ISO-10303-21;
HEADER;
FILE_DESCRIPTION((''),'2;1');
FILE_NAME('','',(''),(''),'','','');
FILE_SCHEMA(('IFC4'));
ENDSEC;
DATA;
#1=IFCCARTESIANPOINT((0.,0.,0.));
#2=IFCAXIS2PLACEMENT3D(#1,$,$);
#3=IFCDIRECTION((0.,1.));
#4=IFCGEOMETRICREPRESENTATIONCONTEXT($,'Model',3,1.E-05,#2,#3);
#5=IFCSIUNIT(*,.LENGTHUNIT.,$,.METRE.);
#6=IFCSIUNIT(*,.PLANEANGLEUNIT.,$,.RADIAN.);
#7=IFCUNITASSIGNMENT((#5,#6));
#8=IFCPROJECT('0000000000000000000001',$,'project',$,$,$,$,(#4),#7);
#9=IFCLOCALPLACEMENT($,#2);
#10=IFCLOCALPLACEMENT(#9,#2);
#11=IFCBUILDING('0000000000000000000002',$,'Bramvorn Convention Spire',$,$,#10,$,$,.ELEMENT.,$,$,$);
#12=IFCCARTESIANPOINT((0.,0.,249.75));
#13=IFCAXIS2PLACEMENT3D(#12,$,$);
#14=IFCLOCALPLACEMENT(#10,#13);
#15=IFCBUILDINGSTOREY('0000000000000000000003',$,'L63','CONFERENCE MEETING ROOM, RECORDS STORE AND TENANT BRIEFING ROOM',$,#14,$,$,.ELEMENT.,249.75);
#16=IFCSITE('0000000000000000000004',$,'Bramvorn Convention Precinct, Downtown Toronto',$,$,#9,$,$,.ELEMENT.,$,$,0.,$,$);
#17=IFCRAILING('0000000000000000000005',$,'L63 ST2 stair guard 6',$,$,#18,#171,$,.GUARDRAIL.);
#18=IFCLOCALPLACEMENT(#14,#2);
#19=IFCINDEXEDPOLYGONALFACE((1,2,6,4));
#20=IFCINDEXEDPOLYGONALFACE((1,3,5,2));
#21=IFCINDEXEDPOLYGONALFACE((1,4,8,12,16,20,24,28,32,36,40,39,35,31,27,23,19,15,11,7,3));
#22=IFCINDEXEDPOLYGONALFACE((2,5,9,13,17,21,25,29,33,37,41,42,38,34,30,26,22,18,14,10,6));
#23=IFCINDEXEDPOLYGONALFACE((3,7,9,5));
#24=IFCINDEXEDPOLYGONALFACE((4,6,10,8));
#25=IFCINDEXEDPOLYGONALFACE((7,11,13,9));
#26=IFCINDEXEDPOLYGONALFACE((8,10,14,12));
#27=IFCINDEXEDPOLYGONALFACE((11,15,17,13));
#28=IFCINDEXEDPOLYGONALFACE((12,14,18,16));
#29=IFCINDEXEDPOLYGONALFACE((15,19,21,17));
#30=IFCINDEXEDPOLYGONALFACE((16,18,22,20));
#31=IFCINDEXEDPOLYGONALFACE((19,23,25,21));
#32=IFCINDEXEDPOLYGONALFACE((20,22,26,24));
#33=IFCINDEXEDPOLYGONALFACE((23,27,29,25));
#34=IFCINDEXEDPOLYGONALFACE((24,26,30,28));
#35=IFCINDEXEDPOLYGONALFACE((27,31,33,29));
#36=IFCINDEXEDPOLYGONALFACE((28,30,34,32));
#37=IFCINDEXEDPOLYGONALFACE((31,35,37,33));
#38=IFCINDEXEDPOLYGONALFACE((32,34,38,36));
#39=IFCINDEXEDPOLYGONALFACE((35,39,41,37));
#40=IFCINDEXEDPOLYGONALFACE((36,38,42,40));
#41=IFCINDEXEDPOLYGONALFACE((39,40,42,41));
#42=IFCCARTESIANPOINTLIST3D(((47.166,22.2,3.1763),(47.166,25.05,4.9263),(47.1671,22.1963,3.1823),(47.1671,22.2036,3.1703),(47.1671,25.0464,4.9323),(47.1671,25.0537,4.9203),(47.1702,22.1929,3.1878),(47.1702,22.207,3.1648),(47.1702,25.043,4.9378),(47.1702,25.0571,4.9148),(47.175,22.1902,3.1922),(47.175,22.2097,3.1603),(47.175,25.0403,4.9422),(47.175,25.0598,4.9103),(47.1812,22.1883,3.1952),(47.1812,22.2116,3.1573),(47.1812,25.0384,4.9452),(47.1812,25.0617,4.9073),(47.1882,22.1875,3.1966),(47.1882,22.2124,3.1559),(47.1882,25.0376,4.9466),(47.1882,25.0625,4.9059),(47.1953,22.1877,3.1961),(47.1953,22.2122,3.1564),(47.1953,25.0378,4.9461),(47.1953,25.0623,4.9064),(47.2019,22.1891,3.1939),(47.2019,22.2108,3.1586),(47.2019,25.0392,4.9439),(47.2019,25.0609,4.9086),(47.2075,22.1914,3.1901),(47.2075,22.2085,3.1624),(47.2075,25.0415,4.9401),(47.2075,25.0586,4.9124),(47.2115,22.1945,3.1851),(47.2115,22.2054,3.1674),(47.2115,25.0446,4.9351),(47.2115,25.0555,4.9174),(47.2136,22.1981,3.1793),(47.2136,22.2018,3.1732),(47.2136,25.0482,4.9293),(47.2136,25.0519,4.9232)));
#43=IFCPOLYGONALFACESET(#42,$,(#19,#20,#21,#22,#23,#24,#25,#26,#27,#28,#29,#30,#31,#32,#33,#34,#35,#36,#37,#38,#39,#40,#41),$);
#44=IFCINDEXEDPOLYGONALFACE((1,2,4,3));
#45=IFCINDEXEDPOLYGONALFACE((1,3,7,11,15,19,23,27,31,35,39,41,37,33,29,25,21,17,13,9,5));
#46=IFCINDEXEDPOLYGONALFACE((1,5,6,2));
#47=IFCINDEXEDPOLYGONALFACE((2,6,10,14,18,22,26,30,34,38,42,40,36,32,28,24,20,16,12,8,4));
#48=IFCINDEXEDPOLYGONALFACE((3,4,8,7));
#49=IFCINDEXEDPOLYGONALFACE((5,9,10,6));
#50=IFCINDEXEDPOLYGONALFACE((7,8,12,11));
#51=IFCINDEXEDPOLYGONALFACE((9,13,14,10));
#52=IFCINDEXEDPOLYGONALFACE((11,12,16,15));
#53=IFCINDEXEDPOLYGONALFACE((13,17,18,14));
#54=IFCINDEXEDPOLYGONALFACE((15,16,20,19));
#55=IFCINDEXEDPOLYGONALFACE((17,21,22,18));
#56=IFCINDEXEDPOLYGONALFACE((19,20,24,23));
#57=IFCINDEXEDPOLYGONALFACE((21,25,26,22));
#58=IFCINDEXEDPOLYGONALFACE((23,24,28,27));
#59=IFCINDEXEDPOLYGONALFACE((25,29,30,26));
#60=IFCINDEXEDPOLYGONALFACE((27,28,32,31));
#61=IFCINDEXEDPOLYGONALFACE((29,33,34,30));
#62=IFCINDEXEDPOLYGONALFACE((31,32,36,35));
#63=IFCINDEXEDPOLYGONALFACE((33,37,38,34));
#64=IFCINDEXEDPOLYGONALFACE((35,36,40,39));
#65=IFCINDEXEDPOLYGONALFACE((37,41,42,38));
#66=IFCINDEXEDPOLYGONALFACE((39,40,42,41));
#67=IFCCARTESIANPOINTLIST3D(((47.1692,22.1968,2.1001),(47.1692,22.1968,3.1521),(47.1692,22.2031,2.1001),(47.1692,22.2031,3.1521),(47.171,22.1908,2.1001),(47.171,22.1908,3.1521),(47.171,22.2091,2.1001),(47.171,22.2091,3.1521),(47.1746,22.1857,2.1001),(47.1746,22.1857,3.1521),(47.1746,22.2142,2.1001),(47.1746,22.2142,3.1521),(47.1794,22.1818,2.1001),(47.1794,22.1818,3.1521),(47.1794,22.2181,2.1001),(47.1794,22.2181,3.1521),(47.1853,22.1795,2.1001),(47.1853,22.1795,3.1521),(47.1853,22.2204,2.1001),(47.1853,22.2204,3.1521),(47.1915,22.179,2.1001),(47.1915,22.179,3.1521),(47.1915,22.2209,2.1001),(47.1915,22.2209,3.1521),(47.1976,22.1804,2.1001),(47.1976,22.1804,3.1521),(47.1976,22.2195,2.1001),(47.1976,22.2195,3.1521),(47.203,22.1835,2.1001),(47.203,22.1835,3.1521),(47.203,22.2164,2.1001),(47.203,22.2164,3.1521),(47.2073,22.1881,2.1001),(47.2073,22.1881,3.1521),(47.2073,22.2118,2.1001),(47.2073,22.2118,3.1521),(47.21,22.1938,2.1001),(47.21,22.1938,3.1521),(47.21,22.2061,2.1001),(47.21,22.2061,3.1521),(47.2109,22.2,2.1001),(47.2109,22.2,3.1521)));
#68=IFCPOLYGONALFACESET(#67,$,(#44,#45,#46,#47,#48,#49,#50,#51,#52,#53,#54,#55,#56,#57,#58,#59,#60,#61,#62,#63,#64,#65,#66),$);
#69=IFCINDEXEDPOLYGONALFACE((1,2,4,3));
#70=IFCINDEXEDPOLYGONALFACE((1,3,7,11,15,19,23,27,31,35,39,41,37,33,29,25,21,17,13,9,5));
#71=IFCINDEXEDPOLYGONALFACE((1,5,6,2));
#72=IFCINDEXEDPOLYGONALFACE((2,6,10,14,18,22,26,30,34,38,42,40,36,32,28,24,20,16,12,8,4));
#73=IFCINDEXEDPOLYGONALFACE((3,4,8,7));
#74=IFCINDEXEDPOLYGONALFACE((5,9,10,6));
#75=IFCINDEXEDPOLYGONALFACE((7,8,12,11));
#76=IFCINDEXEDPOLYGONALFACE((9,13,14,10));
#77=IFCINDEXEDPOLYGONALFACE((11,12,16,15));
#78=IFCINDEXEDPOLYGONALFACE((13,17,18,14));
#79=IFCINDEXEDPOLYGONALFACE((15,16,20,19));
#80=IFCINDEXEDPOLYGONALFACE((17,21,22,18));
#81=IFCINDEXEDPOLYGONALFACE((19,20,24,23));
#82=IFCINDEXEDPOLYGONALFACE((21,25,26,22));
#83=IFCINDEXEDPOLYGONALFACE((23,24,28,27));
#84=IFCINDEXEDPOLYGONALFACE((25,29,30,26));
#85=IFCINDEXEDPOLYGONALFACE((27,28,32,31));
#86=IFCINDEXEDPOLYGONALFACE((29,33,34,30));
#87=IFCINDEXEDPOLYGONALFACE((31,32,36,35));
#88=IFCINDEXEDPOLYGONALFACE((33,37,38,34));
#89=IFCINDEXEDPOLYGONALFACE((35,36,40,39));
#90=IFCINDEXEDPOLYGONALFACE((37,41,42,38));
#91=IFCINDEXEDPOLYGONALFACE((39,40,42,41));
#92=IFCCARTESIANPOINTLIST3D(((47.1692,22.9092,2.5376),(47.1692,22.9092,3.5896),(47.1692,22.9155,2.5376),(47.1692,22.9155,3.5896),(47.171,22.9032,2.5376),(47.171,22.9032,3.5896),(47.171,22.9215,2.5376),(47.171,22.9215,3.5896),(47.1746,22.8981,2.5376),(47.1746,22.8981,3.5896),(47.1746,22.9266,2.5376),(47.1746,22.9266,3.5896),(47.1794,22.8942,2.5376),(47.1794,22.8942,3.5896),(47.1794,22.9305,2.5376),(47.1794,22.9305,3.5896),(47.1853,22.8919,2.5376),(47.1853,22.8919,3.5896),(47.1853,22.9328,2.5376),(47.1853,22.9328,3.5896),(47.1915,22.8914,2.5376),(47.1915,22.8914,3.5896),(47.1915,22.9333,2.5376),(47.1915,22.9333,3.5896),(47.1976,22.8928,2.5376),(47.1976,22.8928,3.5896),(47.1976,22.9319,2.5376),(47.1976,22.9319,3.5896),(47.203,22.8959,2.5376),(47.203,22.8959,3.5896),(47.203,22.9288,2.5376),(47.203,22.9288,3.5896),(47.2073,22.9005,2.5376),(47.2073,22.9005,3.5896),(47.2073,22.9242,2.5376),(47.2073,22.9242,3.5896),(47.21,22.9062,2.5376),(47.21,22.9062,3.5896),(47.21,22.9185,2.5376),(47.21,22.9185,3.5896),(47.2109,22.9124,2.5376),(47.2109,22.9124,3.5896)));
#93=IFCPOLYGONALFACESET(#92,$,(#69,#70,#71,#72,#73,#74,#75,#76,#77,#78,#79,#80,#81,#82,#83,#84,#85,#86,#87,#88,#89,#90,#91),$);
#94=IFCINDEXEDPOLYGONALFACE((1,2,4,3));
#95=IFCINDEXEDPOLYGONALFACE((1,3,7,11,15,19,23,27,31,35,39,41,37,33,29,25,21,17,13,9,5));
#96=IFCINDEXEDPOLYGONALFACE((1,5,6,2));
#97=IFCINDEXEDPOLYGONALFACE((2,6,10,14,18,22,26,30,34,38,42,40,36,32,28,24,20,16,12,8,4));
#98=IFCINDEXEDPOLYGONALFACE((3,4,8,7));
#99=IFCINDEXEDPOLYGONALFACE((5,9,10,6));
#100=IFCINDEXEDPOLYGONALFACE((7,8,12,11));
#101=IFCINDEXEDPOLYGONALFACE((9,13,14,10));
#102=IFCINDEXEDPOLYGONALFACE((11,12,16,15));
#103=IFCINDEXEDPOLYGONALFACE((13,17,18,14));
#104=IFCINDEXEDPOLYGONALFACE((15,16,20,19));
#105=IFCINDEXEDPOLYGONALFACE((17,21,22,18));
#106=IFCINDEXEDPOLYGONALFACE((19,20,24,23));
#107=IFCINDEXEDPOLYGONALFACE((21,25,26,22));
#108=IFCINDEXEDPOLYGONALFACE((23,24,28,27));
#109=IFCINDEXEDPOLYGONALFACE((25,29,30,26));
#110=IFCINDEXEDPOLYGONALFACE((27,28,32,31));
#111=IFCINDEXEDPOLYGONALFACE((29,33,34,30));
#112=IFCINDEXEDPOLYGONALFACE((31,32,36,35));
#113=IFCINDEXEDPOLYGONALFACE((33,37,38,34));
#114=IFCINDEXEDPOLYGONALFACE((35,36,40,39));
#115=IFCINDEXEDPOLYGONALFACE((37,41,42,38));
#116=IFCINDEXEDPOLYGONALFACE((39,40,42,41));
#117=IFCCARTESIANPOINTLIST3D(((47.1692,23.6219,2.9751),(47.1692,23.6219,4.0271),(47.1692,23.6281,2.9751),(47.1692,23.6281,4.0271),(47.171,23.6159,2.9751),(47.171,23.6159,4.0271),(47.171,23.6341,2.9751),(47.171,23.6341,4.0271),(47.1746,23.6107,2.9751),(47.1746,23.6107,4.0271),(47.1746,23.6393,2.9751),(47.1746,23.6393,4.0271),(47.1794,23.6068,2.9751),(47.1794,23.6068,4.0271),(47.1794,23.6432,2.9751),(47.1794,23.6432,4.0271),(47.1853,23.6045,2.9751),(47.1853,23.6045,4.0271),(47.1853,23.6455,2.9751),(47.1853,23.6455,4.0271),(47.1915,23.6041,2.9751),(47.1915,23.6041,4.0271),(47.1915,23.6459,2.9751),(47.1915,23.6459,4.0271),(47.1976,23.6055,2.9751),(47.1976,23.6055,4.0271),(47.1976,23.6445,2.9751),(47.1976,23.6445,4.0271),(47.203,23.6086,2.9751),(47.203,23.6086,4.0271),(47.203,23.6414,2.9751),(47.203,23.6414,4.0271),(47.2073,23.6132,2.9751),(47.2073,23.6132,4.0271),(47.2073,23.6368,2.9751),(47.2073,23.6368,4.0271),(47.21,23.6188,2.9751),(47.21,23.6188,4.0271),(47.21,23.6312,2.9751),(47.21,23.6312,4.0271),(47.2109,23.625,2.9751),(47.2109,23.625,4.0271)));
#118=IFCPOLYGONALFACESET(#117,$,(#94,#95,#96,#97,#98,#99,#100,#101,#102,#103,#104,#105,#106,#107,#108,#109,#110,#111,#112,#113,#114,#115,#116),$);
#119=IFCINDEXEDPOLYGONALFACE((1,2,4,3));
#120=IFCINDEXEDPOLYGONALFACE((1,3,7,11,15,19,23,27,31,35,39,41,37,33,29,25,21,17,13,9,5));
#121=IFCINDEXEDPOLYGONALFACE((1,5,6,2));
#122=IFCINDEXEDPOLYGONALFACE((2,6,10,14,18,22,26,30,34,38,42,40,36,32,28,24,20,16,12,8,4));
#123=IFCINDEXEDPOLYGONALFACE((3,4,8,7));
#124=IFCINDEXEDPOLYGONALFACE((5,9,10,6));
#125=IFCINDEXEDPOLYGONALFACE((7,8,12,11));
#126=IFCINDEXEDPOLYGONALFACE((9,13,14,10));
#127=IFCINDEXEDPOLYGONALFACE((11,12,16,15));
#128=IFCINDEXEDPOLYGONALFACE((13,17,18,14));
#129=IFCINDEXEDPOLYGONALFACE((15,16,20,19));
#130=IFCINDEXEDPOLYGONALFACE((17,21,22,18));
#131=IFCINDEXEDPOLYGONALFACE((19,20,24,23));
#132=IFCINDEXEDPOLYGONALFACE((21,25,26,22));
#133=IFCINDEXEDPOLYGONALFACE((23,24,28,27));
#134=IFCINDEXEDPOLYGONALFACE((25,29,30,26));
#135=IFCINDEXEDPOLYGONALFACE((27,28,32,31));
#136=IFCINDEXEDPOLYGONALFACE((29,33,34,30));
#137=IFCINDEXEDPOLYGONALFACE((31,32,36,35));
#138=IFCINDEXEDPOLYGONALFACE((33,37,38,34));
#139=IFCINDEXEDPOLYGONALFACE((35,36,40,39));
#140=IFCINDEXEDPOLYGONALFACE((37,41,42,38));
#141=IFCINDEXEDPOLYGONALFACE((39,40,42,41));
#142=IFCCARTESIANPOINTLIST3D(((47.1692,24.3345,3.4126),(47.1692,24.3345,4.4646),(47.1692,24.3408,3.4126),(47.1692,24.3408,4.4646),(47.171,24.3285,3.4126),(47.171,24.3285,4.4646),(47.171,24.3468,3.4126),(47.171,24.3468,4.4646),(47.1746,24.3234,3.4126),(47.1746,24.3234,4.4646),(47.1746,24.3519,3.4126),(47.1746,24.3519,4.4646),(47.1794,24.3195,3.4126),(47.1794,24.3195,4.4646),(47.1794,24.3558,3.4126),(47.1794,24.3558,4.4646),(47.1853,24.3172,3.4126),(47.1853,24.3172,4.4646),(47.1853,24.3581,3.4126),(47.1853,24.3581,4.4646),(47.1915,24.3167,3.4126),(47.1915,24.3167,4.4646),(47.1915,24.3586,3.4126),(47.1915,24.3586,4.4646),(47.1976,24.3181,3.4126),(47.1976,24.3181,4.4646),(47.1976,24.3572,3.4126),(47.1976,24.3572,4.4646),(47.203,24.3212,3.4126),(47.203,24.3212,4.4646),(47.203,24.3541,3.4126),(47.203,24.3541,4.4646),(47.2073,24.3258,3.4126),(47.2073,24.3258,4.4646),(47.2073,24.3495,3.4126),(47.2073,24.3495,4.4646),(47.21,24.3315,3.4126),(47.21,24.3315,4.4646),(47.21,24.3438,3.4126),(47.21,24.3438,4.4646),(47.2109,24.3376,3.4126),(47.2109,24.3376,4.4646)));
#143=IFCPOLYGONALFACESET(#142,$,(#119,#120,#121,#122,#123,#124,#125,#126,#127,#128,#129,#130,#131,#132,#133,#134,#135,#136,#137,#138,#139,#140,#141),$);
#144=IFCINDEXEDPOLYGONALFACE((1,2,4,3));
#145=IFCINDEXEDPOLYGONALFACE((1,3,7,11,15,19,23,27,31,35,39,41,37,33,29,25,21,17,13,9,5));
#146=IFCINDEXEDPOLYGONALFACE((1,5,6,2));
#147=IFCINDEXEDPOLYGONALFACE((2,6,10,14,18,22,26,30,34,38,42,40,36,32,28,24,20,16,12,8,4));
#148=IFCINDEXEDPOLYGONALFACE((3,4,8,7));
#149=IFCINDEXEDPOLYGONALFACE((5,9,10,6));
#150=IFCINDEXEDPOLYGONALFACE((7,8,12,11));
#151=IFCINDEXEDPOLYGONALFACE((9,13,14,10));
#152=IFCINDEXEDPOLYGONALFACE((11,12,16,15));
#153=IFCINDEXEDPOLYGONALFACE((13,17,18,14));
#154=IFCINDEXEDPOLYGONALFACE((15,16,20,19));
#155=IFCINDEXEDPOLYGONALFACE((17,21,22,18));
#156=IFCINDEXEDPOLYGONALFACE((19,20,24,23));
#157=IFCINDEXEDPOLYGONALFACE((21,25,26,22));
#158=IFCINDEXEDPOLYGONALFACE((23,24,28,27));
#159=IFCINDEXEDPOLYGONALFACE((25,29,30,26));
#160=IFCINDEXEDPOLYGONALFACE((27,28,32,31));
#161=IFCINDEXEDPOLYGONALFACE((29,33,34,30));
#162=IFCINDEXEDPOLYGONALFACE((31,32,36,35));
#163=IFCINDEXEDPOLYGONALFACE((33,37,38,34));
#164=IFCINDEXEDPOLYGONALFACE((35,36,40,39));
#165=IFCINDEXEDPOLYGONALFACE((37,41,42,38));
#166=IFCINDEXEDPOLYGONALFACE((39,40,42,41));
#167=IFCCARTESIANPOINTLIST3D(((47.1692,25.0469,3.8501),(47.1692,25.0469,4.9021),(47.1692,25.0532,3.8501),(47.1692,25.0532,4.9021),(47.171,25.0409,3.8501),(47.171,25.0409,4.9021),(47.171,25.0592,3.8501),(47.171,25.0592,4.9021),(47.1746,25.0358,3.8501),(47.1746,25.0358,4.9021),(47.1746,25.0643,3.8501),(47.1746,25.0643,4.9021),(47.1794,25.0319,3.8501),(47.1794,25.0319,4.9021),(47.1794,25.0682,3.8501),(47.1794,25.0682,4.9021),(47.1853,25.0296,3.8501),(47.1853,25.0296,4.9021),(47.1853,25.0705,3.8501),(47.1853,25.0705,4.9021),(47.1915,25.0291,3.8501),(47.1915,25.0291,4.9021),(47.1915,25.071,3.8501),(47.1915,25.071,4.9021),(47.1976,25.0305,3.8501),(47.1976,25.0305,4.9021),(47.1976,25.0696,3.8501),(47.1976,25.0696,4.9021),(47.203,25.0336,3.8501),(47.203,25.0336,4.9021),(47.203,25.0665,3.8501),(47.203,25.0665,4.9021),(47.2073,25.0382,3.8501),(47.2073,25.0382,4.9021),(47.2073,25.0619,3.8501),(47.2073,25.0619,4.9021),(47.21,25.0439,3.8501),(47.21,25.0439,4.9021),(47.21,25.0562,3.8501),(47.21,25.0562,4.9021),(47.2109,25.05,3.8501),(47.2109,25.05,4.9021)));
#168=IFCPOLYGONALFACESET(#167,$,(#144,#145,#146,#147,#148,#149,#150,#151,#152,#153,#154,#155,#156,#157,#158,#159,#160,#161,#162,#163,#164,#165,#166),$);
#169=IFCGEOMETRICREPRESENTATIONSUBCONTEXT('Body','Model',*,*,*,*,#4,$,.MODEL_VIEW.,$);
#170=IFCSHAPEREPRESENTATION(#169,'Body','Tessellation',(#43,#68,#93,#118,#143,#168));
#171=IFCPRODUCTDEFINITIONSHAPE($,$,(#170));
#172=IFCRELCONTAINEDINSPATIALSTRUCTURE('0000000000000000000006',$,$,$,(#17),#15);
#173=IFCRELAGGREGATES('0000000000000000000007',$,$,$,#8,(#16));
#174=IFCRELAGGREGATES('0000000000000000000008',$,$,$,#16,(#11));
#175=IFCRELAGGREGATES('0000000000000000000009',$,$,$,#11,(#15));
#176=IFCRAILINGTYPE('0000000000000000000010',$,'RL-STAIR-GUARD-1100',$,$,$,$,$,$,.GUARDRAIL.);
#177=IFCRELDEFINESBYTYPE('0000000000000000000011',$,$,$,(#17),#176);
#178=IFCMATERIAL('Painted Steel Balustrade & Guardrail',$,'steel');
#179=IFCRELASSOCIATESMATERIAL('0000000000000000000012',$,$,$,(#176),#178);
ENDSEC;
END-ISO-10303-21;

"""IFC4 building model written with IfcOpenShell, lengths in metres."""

from ifc_helpers import new_model, si_unit, direction, frame, origin, origin_2d, place, context, subcontext, project, spatial, circle, extrude, material, type_object, element, save


model = new_model("IFC4")

# Units and contexts
model_context = context("Model", 3, precision=1e-05, world=origin(), true_north=direction((0.0, 1.0)))
body_context = subcontext(model_context, "Body", "Model", "MODEL_VIEW")
ifc_project = project(units=[si_unit("LENGTHUNIT", "METRE"), si_unit("PLANEANGLEUNIT", "RADIAN")], contexts=[model_context])

# Site, building, storey
site_placement = place(None, origin())
site = spatial("IfcSite", under=ifc_project, at=site_placement, Name="Bramvorn Convention Precinct, Downtown Toronto", CompositionType="ELEMENT", RefElevation=0.0)
building_placement = place(site_placement, origin())
building = spatial("IfcBuilding", under=site, at=building_placement, Name="Bramvorn Convention Spire", CompositionType="ELEMENT")
storey_placement = place(building_placement, frame((0.0, 0.0, 249.75)))
storey = spatial("IfcBuildingStorey", under=building, at=storey_placement, Name="L63", Description="CONFERENCE MEETING ROOM, RECORDS STORE AND TENANT BRIEFING ROOM", CompositionType="ELEMENT", Elevation=249.75)

# Railing
ifc_material_1 = material(Name="Painted Steel Balustrade & Guardrail", Category="steel")
railing_type = type_object("IfcRailingType", Name="RL-STAIR-GUARD-1100", PredefinedType="GUARDRAIL", material=ifc_material_1)
railing_1_placement = place(storey_placement, frame((47.1899, 22.2, 2.1001)))
element("IfcRailing", 1, at=railing_1_placement, inside=storey, type_object=railing_type, Name="L63 ST2 stair guard 6", PredefinedType="GUARDRAIL", context=body_context, shape_type="SweptSolid", body=[
    extrude(circle(Radius=0.0239, at=origin_2d()), frame((0.0, 0.0, 1.0762), z_axis=(0.0, 0.852179, 0.52325), x_axis=(-1.0, 0.0, 0.0)), (0.0, 0.0, 1.0), 3.3445),
    extrude(circle(Radius=0.021, at=origin_2d()), origin(), (0.0, 0.0, 1.0), 1.052),
    extrude(circle(Radius=0.021, at=origin_2d()), frame((0.0, 0.7124, 0.4375)), (0.0, 0.0, 1.0), 1.052),
    extrude(circle(Radius=0.021, at=origin_2d()), frame((0.0, 1.425, 0.875)), (0.0, 0.0, 1.0), 1.052),
    extrude(circle(Radius=0.021, at=origin_2d()), frame((0.0, 2.1377, 1.3125)), (0.0, 0.0, 1.0), 1.052),
    extrude(circle(Radius=0.021, at=origin_2d()), frame((0.0, 2.8501, 1.75)), (0.0, 0.0, 1.0), 1.052),
])

save(model, "model.ifc")
